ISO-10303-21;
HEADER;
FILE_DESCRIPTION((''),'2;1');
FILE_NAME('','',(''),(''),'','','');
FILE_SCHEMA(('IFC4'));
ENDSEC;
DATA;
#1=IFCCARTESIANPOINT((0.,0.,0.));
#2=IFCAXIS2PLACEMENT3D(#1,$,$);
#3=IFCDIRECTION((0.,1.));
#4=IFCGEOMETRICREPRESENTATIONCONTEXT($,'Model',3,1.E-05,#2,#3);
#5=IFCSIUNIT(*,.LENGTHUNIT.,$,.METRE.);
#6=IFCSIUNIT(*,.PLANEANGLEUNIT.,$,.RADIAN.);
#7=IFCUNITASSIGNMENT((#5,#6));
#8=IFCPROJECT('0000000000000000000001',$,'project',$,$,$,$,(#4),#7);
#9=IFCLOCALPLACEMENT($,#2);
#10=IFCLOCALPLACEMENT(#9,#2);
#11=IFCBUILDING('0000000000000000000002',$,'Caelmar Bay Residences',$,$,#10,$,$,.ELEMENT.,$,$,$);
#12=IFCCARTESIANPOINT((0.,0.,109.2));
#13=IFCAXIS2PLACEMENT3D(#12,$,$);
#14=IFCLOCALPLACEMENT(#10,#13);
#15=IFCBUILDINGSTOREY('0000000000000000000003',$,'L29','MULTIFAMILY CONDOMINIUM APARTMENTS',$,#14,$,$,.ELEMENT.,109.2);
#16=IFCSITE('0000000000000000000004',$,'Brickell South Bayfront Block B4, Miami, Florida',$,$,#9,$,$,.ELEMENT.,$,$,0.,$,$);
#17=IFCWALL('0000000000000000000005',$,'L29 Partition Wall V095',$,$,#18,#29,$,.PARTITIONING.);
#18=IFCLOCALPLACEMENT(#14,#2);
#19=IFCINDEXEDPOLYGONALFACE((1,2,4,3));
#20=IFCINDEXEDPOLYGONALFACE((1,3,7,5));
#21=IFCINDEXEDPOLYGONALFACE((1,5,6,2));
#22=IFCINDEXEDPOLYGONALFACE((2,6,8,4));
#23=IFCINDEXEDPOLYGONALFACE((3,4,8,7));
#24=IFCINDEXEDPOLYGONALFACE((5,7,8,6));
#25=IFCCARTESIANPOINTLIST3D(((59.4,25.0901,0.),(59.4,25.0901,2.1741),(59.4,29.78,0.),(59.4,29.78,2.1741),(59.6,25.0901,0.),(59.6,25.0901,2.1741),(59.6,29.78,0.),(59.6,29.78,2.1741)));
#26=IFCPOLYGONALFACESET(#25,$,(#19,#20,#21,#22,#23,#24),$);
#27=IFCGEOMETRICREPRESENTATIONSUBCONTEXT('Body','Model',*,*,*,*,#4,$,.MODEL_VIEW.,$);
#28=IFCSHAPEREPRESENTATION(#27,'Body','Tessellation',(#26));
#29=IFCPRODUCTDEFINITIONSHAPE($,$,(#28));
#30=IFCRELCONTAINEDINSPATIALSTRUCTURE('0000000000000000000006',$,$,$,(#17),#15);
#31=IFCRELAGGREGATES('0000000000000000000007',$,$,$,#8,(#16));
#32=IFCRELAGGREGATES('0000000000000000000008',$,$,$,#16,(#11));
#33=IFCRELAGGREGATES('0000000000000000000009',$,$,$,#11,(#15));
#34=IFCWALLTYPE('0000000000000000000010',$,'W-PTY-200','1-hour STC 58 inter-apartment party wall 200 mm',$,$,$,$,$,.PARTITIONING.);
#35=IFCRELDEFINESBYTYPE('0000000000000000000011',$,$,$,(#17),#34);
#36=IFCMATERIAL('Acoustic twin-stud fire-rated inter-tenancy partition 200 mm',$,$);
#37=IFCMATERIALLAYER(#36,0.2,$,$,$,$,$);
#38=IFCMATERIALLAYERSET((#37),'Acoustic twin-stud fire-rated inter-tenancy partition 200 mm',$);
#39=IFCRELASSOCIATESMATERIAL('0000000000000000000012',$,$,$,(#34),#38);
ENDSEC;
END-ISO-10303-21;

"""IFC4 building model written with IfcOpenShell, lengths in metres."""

from ifc_helpers import new_model, si_unit, direction, frame, frame_2d, origin, place, context, subcontext, project, spatial, rectangle, extrude, material, layer, layer_set, type_object, element, save


model = new_model("IFC4")

# Units and contexts
model_context = context("Model", 3, precision=1e-05, world=origin(), true_north=direction((0.0, 1.0)))
body_context = subcontext(model_context, "Body", "Model", "MODEL_VIEW")
ifc_project = project(units=[si_unit("LENGTHUNIT", "METRE"), si_unit("PLANEANGLEUNIT", "RADIAN")], contexts=[model_context])

# Site, building, storey
site_placement = place(None, origin())
site = spatial("IfcSite", under=ifc_project, at=site_placement, Name="Brickell South Bayfront Block B4, Miami, Florida", CompositionType="ELEMENT", RefElevation=0.0)
building_placement = place(site_placement, origin())
building = spatial("IfcBuilding", under=site, at=building_placement, Name="Caelmar Bay Residences", CompositionType="ELEMENT")
storey_placement = place(building_placement, frame((0.0, 0.0, 109.2)))
storey = spatial("IfcBuildingStorey", under=building, at=storey_placement, Name="L29", Description="MULTIFAMILY CONDOMINIUM APARTMENTS", CompositionType="ELEMENT", Elevation=109.2)

# Wall
ifc_material_1 = material(Name="Acoustic twin-stud fire-rated inter-tenancy partition 200 mm")
ifc_layer_1 = layer(ifc_material_1, 0.2)
ifc_layer_set_1 = layer_set([ifc_layer_1], Name="Acoustic twin-stud fire-rated inter-tenancy partition 200 mm")
wall_type_1 = type_object("IfcWallType", Name="W-PTY-200", Description="1-hour STC 58 inter-apartment party wall 200 mm", PredefinedType="PARTITIONING", material=ifc_layer_set_1)
wall_1_placement = place(storey_placement, frame((59.5, 25.0901, 0.0), z_axis=(0.0, 0.0, 1.0), x_axis=(0.0, 1.0, 0.0)))
element("IfcWall", 1, at=wall_1_placement, inside=storey, type_object=wall_type_1, Name="L29 Partition Wall V095", PredefinedType="PARTITIONING", context=body_context, shape_type="SweptSolid", body=[
    extrude(rectangle(XDim=4.6899, YDim=0.2, at=frame_2d((2.345, 0.0))), origin(), (0.0, 0.0, 1.0), 2.1741),
])

save(model, "model.ifc")
